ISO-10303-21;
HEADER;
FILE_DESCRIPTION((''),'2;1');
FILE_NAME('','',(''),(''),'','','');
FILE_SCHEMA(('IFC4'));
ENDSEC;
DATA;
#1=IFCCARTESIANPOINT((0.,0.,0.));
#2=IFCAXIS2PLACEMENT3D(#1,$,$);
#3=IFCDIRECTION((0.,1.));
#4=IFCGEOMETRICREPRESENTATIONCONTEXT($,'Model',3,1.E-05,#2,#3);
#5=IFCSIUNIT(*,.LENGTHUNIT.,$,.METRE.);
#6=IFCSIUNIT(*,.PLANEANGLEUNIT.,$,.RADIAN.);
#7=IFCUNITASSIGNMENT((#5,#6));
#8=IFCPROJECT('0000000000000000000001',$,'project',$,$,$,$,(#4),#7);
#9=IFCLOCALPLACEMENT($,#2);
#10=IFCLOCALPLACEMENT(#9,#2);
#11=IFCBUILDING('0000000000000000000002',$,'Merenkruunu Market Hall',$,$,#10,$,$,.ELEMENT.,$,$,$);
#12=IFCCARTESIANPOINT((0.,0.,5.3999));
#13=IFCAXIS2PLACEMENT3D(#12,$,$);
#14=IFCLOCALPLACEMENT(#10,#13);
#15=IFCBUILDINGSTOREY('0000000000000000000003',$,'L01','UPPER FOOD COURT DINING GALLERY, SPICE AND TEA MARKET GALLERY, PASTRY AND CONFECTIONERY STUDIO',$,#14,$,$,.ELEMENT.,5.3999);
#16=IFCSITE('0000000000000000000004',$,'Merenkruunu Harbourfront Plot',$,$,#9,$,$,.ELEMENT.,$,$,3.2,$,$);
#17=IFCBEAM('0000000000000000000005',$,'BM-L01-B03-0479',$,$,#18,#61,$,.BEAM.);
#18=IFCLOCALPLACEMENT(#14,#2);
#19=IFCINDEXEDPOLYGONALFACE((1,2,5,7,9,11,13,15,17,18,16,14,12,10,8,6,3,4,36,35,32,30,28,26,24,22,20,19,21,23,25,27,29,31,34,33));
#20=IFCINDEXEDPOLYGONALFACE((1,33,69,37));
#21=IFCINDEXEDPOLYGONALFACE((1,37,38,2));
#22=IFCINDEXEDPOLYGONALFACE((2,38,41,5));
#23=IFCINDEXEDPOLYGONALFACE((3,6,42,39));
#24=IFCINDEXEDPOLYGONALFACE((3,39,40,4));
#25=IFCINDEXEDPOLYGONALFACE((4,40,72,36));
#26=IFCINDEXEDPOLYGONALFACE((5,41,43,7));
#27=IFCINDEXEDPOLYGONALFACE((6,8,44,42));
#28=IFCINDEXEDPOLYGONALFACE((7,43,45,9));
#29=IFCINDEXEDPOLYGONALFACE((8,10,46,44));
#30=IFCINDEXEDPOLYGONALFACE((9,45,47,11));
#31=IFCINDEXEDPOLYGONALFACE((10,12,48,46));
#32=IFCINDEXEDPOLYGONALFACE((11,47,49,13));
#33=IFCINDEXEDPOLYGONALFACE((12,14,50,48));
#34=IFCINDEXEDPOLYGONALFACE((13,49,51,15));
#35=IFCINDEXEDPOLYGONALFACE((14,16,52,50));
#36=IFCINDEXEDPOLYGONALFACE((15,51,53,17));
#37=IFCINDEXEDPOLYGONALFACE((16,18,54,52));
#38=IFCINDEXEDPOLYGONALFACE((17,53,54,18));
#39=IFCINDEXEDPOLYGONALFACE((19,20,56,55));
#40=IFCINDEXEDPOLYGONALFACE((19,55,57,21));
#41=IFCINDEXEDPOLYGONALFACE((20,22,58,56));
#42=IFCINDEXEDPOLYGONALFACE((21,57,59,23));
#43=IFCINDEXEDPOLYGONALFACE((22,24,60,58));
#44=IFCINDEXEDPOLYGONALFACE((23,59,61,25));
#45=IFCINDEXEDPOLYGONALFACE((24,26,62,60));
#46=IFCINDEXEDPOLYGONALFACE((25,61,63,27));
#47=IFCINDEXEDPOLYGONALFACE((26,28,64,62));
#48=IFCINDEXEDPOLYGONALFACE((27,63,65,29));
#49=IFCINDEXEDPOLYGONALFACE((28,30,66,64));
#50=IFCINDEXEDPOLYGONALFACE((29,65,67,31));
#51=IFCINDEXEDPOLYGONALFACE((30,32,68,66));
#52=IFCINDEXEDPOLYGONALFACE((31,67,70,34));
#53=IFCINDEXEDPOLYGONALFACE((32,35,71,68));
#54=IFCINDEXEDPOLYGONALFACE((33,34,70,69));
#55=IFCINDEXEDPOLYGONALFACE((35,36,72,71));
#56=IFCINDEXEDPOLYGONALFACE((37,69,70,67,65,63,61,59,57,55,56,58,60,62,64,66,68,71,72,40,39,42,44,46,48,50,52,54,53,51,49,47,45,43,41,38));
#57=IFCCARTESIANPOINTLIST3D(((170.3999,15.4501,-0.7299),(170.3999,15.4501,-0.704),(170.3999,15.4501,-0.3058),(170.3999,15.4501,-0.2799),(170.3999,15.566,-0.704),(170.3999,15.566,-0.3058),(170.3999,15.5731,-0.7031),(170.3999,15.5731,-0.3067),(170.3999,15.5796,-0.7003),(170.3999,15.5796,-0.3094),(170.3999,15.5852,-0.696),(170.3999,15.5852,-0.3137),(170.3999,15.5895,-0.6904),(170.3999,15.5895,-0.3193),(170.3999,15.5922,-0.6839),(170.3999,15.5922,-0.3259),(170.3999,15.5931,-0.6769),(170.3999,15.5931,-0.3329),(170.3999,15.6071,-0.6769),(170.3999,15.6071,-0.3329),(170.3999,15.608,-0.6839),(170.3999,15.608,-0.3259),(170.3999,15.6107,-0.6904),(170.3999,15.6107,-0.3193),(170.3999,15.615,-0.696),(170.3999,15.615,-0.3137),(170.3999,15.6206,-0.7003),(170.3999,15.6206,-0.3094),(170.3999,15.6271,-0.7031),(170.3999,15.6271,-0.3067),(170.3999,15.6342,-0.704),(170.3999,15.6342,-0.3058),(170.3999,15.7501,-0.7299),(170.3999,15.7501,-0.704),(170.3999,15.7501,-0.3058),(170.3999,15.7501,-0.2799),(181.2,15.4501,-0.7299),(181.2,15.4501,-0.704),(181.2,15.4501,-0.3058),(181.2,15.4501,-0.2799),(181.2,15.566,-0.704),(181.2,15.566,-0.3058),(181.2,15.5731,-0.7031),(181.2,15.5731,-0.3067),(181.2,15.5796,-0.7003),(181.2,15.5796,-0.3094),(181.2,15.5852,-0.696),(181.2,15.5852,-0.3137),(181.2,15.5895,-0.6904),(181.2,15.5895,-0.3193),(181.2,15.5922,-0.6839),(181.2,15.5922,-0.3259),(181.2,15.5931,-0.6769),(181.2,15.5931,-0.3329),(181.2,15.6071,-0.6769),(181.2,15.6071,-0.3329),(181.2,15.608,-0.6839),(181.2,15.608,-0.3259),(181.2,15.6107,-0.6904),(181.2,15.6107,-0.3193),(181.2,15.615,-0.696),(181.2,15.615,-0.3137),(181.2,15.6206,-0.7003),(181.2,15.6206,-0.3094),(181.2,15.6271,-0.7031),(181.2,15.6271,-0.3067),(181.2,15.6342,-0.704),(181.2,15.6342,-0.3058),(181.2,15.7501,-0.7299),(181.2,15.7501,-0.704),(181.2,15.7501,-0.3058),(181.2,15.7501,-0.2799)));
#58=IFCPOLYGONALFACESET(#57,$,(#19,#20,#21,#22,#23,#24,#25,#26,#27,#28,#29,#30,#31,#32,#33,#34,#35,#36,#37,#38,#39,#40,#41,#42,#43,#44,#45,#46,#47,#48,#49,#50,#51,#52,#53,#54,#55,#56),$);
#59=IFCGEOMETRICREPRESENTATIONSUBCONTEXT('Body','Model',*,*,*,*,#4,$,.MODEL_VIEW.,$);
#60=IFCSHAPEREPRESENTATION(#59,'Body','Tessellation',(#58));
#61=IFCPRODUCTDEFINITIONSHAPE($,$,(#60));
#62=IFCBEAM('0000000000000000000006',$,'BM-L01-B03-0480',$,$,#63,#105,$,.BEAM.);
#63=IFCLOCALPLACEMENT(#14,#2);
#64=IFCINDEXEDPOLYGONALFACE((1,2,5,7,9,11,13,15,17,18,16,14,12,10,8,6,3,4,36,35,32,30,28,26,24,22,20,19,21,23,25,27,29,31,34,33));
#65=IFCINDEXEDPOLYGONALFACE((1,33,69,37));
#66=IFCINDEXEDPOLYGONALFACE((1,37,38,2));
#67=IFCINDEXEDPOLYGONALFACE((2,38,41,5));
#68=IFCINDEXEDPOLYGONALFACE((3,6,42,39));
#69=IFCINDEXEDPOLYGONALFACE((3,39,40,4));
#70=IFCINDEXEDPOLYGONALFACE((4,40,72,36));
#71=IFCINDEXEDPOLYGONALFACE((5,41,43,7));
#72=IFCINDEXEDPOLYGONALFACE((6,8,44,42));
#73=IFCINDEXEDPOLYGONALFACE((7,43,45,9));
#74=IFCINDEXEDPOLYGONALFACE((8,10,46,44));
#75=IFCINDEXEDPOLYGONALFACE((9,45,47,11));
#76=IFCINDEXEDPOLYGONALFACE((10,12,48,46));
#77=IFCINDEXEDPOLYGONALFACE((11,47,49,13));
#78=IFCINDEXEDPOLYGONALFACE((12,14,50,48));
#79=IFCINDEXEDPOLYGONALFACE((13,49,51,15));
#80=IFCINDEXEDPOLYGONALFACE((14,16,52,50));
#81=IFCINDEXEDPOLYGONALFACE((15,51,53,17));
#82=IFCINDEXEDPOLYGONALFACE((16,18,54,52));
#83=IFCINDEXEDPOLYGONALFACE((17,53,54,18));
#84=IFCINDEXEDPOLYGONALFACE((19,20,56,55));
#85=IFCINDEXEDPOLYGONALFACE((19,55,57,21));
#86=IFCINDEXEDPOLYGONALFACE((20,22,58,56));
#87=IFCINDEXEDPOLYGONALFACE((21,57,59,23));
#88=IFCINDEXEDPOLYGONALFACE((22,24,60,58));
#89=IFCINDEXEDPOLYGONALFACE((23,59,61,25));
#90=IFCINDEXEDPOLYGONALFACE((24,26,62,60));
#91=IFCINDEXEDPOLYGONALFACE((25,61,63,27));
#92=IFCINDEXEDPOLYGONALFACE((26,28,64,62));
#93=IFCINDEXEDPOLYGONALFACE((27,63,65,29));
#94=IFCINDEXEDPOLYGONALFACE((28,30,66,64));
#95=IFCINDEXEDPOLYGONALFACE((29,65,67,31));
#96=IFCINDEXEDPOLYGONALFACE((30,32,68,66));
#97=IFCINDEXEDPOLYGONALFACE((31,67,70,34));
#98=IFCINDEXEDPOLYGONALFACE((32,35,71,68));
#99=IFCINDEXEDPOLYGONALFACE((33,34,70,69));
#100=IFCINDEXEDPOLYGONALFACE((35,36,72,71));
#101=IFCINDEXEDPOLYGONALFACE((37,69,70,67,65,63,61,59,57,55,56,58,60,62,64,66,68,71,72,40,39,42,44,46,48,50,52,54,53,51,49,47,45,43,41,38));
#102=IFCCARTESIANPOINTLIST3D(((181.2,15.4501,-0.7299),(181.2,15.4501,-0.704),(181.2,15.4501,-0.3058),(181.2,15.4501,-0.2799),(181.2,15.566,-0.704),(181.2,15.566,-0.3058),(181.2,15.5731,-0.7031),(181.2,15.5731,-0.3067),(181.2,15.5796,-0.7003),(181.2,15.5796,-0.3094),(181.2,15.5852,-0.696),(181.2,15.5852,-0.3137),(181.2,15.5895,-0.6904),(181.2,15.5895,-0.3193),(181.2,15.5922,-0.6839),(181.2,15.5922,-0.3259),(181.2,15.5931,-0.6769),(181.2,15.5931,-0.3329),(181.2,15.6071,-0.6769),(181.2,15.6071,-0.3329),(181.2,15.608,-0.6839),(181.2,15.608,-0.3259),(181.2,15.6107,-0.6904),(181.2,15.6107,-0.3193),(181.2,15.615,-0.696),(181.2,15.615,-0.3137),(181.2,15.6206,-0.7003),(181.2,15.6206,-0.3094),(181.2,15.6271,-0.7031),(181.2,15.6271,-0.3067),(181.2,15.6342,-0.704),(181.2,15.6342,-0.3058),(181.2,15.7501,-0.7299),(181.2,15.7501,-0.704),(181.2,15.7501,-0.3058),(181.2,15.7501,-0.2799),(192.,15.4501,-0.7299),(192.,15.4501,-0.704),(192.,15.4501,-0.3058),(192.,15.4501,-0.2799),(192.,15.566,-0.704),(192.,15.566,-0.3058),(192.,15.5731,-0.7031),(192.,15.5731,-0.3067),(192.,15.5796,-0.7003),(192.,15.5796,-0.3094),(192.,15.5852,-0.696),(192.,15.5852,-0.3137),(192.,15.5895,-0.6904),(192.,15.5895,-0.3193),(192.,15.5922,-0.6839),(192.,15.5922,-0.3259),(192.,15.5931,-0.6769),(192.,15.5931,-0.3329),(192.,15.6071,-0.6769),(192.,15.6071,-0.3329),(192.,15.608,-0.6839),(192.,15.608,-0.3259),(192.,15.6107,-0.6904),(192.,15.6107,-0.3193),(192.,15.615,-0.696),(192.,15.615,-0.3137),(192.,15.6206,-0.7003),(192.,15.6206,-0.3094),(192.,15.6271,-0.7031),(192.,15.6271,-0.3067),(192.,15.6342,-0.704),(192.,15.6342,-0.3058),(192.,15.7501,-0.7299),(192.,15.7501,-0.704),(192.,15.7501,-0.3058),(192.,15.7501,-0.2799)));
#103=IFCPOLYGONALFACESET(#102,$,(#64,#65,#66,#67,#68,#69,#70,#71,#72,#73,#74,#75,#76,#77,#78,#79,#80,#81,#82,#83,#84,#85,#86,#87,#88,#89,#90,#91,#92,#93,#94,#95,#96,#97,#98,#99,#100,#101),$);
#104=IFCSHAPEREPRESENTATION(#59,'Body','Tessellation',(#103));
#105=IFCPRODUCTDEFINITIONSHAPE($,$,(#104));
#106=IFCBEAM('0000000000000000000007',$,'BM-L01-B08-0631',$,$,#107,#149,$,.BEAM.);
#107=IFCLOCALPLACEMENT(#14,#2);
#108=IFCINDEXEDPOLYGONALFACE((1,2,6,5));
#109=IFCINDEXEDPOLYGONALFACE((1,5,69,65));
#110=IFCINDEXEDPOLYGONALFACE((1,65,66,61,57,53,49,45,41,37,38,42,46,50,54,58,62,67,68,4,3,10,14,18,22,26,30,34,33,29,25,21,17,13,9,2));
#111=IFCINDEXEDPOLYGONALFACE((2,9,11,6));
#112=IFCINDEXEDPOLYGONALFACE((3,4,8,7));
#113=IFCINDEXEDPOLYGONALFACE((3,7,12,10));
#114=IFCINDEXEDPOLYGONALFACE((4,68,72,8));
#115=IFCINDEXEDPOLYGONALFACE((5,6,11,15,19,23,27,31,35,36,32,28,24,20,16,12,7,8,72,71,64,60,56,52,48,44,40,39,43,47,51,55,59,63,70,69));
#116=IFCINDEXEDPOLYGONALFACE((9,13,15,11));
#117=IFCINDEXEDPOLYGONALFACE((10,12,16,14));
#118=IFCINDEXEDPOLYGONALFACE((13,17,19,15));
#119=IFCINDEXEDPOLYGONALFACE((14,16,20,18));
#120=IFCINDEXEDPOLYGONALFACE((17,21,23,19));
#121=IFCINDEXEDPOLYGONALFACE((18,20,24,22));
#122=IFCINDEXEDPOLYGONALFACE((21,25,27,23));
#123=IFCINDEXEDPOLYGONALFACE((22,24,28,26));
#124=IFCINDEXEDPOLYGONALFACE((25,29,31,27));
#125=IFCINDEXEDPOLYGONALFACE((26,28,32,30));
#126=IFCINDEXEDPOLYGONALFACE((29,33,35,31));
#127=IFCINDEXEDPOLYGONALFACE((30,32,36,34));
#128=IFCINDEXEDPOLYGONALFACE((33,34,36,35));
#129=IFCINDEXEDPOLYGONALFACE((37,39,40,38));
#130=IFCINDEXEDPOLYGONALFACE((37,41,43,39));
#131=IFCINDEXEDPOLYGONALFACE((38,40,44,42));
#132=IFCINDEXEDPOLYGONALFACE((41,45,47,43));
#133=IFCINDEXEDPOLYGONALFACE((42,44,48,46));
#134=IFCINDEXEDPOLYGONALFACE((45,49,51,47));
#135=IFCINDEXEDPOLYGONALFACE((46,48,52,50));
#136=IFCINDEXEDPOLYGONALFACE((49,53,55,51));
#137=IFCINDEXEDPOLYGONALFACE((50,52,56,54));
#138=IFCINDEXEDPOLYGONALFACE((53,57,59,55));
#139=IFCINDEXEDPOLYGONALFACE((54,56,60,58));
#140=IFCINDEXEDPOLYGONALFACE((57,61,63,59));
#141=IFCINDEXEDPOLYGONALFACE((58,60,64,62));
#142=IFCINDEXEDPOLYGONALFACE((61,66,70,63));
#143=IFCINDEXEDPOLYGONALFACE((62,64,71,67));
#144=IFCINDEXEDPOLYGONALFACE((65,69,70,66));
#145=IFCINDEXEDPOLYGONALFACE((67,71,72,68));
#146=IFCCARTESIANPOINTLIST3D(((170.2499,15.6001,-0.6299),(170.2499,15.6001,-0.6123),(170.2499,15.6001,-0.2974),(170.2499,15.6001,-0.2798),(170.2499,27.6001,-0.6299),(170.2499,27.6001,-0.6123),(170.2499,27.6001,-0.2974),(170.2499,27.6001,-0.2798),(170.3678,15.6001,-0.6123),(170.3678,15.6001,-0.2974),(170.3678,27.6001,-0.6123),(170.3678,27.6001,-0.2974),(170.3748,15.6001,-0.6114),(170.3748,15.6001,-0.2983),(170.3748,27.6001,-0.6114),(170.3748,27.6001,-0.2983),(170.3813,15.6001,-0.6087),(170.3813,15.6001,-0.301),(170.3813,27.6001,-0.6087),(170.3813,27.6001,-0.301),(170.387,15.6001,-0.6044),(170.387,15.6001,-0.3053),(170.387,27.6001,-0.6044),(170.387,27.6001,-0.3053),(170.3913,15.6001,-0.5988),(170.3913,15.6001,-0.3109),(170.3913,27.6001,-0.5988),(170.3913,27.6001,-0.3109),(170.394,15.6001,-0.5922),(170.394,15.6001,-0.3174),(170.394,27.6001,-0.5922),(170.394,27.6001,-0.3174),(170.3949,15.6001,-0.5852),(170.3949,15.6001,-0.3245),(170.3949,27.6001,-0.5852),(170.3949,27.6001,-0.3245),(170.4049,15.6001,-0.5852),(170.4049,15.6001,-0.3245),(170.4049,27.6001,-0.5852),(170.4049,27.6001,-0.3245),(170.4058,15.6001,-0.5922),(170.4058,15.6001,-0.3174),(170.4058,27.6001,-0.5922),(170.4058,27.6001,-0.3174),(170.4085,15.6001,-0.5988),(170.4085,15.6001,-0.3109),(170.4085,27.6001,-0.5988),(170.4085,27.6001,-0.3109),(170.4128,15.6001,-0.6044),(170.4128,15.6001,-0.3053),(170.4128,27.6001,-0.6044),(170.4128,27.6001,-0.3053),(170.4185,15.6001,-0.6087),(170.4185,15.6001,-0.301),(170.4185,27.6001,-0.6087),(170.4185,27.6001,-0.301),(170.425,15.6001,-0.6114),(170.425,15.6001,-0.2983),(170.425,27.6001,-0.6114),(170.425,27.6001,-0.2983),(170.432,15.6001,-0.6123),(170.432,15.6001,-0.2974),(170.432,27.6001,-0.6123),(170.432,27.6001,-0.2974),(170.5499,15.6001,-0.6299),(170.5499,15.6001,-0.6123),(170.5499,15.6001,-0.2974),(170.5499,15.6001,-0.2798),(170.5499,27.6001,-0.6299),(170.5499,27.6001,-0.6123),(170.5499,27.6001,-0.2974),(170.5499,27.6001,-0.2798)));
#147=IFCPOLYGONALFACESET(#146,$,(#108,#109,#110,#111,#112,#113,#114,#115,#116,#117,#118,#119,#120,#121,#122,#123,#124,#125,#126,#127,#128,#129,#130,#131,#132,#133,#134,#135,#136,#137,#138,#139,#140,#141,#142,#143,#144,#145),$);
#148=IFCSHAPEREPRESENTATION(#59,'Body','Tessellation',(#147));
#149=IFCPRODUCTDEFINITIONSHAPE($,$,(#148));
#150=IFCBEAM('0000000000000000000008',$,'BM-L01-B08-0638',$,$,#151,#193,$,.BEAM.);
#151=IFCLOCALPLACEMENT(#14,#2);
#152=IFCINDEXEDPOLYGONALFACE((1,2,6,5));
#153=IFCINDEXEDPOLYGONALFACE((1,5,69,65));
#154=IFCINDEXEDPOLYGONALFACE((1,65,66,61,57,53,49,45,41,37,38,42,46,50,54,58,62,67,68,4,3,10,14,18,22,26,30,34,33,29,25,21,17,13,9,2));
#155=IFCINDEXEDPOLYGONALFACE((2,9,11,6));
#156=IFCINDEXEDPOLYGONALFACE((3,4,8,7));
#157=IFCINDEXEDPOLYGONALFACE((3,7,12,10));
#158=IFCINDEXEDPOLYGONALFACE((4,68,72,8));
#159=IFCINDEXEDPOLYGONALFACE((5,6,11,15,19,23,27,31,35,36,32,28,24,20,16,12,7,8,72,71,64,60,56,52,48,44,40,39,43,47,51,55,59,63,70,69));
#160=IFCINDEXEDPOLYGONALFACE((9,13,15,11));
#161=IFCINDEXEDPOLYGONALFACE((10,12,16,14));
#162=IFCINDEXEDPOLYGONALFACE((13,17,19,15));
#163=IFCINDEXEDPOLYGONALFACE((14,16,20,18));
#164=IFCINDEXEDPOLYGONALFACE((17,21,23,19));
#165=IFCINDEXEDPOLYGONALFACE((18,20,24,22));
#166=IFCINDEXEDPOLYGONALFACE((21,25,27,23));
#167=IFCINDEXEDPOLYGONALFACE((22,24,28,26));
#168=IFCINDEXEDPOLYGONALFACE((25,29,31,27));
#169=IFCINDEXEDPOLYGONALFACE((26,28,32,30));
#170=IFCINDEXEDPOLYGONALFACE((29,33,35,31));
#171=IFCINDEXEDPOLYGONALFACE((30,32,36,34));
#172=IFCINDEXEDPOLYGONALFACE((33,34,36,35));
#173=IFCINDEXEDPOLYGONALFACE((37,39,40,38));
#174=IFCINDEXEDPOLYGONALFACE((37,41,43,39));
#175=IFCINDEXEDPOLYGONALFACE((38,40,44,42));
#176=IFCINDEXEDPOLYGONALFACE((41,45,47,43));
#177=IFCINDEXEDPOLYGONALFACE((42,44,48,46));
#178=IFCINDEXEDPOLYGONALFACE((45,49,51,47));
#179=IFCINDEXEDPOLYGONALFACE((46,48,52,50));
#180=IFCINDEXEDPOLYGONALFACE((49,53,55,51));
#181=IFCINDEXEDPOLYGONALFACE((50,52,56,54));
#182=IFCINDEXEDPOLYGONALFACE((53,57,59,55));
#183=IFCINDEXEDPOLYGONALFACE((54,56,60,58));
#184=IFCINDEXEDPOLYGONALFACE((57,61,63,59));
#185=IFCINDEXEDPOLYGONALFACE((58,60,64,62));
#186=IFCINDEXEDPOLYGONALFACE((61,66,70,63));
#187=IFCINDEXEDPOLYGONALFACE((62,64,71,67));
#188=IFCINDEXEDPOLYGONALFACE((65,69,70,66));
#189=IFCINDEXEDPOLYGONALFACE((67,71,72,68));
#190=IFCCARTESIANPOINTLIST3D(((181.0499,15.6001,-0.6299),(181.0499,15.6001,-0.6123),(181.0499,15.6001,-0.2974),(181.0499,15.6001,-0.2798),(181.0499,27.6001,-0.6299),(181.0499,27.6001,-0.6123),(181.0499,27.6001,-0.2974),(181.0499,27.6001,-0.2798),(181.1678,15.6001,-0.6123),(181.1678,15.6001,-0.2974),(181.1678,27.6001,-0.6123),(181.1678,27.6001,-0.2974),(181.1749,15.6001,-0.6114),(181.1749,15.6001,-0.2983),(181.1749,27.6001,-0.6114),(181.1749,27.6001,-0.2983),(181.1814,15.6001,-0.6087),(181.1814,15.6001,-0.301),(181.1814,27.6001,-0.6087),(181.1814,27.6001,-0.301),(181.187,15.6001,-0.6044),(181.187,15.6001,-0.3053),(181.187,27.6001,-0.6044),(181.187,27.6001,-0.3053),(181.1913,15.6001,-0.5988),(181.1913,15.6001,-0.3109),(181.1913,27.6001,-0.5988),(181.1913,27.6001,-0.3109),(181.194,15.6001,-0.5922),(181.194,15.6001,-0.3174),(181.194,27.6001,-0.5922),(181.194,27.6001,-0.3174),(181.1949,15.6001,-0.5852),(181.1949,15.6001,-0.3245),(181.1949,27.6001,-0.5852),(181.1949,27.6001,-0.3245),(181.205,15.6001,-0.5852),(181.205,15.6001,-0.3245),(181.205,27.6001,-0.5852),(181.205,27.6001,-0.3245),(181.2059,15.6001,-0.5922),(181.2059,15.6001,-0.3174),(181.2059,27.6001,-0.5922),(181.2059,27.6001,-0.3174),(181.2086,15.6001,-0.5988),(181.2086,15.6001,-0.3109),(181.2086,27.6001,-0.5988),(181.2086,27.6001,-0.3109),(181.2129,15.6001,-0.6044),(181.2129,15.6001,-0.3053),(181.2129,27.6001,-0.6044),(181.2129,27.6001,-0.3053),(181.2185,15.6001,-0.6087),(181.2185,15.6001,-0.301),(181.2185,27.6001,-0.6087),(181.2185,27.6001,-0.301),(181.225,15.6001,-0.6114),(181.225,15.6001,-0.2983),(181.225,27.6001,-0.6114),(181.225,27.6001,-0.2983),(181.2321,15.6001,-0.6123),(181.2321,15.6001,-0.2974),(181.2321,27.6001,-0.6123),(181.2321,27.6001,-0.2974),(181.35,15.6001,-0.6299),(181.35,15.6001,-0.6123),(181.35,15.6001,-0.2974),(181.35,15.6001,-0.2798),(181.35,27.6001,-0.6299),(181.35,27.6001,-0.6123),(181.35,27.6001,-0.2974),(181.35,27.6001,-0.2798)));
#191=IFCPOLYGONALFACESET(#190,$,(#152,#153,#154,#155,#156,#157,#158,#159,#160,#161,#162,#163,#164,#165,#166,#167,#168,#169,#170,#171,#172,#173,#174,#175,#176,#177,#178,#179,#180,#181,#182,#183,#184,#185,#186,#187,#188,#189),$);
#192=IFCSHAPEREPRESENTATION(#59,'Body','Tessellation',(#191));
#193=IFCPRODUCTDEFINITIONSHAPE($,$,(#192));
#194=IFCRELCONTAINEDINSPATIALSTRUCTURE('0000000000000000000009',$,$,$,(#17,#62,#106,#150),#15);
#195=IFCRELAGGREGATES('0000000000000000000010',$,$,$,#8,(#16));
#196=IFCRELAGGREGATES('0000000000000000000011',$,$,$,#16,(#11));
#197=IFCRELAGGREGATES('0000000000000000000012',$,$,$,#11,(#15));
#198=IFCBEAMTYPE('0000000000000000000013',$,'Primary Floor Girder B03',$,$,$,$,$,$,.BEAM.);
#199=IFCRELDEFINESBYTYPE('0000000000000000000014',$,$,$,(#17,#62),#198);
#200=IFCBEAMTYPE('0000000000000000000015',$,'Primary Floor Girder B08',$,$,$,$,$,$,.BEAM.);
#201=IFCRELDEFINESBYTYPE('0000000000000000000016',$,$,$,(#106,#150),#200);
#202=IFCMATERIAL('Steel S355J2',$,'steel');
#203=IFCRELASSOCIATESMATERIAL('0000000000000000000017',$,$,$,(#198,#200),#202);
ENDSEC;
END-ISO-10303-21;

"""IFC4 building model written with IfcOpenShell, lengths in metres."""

from ifc_helpers import new_model, si_unit, direction, frame, origin, origin_2d, place, context, subcontext, project, spatial, i_section, extrude, material, material_profile, profile_set, type_object, element, save


model = new_model("IFC4")

# Units and contexts
model_context = context("Model", 3, precision=1e-05, world=origin(), true_north=direction((0.0, 1.0)))
body_context = subcontext(model_context, "Body", "Model", "MODEL_VIEW")
ifc_project = project(units=[si_unit("LENGTHUNIT", "METRE"), si_unit("PLANEANGLEUNIT", "RADIAN")], contexts=[model_context])

# Site, building, storey
site_placement = place(None, origin())
site = spatial("IfcSite", under=ifc_project, at=site_placement, Name="Merenkruunu Harbourfront Plot", CompositionType="ELEMENT", RefElevation=3.2)
building_placement = place(site_placement, origin())
building = spatial("IfcBuilding", under=site, at=building_placement, Name="Merenkruunu Market Hall", CompositionType="ELEMENT")
storey_placement = place(building_placement, frame((0.0, 0.0, 5.3999)))
storey = spatial("IfcBuildingStorey", under=building, at=storey_placement, Name="L01", Description="UPPER FOOD COURT DINING GALLERY, SPICE AND TEA MARKET GALLERY, PASTRY AND CONFECTIONERY STUDIO", CompositionType="ELEMENT", Elevation=5.3999)

# Shared definitions
ifc_material_1 = material(Name="Steel S355J2", Category="steel")

# Beams
ifc_material_profile_1 = material_profile(ifc_material_1, i_section(OverallWidth=0.3, OverallDepth=0.45, WebThickness=0.0139, FlangeThickness=0.0259, FilletRadius=0.0271, at=origin_2d()), Name="HEB 450")
ifc_profile_set_1 = profile_set([ifc_material_profile_1], Name="Steel S355J2")
beam_type_1 = type_object("IfcBeamType", Name="Primary Floor Girder B03", PredefinedType="BEAM", material=ifc_profile_set_1)
for number, where, z_axis, x_axis, name in (
    (1, (170.3999, 15.6001, -0.5049), (1.0, 0.0, 0.0), (0.0, 1.0, 0.0), "BM-L01-B03-0479"),
    (2, (181.2, 15.6001, -0.5049), (1.0, 0.0, 0.0), (0.0, 1.0, 0.0), "BM-L01-B03-0480"),
):
    element("IfcBeam", number, at=place(storey_placement, frame(where, z_axis=z_axis, x_axis=x_axis)), inside=storey, type_object=beam_type_1, Name=name, PredefinedType="BEAM", context=body_context, shape_type="SweptSolid", body=[
        extrude(i_section(OverallWidth=0.3, OverallDepth=0.45, WebThickness=0.0139, FlangeThickness=0.0259, FilletRadius=0.0271, at=origin_2d()), origin(), (0.0, 0.0, 1.0), 10.8),
    ])
ifc_material_profile_2 = material_profile(ifc_material_1, i_section(OverallWidth=0.3, OverallDepth=0.3501, WebThickness=0.01, FlangeThickness=0.0176, FilletRadius=0.0271, at=origin_2d()), Name="HEA 360")
ifc_profile_set_2 = profile_set([ifc_material_profile_2], Name="Steel S355J2")
beam_type_2 = type_object("IfcBeamType", Name="Primary Floor Girder B08", PredefinedType="BEAM", material=ifc_profile_set_2)
for number, where, z_axis, x_axis, name in (
    (3, (170.3999, 15.6001, -0.4548), (0.0, 1.0, 0.0), (-1.0, 0.0, 0.0), "BM-L01-B08-0631"),
    (4, (181.2, 15.6001, -0.4548), (0.0, 1.0, 0.0), (-1.0, 0.0, 0.0), "BM-L01-B08-0638"),
):
    element("IfcBeam", number, at=place(storey_placement, frame(where, z_axis=z_axis, x_axis=x_axis)), inside=storey, type_object=beam_type_2, Name=name, PredefinedType="BEAM", context=body_context, shape_type="SweptSolid", body=[
        extrude(i_section(OverallWidth=0.3, OverallDepth=0.3501, WebThickness=0.01, FlangeThickness=0.0176, FilletRadius=0.0271, at=origin_2d()), origin(), (0.0, 0.0, 1.0), 12.0),
    ])

save(model, "model.ifc")
